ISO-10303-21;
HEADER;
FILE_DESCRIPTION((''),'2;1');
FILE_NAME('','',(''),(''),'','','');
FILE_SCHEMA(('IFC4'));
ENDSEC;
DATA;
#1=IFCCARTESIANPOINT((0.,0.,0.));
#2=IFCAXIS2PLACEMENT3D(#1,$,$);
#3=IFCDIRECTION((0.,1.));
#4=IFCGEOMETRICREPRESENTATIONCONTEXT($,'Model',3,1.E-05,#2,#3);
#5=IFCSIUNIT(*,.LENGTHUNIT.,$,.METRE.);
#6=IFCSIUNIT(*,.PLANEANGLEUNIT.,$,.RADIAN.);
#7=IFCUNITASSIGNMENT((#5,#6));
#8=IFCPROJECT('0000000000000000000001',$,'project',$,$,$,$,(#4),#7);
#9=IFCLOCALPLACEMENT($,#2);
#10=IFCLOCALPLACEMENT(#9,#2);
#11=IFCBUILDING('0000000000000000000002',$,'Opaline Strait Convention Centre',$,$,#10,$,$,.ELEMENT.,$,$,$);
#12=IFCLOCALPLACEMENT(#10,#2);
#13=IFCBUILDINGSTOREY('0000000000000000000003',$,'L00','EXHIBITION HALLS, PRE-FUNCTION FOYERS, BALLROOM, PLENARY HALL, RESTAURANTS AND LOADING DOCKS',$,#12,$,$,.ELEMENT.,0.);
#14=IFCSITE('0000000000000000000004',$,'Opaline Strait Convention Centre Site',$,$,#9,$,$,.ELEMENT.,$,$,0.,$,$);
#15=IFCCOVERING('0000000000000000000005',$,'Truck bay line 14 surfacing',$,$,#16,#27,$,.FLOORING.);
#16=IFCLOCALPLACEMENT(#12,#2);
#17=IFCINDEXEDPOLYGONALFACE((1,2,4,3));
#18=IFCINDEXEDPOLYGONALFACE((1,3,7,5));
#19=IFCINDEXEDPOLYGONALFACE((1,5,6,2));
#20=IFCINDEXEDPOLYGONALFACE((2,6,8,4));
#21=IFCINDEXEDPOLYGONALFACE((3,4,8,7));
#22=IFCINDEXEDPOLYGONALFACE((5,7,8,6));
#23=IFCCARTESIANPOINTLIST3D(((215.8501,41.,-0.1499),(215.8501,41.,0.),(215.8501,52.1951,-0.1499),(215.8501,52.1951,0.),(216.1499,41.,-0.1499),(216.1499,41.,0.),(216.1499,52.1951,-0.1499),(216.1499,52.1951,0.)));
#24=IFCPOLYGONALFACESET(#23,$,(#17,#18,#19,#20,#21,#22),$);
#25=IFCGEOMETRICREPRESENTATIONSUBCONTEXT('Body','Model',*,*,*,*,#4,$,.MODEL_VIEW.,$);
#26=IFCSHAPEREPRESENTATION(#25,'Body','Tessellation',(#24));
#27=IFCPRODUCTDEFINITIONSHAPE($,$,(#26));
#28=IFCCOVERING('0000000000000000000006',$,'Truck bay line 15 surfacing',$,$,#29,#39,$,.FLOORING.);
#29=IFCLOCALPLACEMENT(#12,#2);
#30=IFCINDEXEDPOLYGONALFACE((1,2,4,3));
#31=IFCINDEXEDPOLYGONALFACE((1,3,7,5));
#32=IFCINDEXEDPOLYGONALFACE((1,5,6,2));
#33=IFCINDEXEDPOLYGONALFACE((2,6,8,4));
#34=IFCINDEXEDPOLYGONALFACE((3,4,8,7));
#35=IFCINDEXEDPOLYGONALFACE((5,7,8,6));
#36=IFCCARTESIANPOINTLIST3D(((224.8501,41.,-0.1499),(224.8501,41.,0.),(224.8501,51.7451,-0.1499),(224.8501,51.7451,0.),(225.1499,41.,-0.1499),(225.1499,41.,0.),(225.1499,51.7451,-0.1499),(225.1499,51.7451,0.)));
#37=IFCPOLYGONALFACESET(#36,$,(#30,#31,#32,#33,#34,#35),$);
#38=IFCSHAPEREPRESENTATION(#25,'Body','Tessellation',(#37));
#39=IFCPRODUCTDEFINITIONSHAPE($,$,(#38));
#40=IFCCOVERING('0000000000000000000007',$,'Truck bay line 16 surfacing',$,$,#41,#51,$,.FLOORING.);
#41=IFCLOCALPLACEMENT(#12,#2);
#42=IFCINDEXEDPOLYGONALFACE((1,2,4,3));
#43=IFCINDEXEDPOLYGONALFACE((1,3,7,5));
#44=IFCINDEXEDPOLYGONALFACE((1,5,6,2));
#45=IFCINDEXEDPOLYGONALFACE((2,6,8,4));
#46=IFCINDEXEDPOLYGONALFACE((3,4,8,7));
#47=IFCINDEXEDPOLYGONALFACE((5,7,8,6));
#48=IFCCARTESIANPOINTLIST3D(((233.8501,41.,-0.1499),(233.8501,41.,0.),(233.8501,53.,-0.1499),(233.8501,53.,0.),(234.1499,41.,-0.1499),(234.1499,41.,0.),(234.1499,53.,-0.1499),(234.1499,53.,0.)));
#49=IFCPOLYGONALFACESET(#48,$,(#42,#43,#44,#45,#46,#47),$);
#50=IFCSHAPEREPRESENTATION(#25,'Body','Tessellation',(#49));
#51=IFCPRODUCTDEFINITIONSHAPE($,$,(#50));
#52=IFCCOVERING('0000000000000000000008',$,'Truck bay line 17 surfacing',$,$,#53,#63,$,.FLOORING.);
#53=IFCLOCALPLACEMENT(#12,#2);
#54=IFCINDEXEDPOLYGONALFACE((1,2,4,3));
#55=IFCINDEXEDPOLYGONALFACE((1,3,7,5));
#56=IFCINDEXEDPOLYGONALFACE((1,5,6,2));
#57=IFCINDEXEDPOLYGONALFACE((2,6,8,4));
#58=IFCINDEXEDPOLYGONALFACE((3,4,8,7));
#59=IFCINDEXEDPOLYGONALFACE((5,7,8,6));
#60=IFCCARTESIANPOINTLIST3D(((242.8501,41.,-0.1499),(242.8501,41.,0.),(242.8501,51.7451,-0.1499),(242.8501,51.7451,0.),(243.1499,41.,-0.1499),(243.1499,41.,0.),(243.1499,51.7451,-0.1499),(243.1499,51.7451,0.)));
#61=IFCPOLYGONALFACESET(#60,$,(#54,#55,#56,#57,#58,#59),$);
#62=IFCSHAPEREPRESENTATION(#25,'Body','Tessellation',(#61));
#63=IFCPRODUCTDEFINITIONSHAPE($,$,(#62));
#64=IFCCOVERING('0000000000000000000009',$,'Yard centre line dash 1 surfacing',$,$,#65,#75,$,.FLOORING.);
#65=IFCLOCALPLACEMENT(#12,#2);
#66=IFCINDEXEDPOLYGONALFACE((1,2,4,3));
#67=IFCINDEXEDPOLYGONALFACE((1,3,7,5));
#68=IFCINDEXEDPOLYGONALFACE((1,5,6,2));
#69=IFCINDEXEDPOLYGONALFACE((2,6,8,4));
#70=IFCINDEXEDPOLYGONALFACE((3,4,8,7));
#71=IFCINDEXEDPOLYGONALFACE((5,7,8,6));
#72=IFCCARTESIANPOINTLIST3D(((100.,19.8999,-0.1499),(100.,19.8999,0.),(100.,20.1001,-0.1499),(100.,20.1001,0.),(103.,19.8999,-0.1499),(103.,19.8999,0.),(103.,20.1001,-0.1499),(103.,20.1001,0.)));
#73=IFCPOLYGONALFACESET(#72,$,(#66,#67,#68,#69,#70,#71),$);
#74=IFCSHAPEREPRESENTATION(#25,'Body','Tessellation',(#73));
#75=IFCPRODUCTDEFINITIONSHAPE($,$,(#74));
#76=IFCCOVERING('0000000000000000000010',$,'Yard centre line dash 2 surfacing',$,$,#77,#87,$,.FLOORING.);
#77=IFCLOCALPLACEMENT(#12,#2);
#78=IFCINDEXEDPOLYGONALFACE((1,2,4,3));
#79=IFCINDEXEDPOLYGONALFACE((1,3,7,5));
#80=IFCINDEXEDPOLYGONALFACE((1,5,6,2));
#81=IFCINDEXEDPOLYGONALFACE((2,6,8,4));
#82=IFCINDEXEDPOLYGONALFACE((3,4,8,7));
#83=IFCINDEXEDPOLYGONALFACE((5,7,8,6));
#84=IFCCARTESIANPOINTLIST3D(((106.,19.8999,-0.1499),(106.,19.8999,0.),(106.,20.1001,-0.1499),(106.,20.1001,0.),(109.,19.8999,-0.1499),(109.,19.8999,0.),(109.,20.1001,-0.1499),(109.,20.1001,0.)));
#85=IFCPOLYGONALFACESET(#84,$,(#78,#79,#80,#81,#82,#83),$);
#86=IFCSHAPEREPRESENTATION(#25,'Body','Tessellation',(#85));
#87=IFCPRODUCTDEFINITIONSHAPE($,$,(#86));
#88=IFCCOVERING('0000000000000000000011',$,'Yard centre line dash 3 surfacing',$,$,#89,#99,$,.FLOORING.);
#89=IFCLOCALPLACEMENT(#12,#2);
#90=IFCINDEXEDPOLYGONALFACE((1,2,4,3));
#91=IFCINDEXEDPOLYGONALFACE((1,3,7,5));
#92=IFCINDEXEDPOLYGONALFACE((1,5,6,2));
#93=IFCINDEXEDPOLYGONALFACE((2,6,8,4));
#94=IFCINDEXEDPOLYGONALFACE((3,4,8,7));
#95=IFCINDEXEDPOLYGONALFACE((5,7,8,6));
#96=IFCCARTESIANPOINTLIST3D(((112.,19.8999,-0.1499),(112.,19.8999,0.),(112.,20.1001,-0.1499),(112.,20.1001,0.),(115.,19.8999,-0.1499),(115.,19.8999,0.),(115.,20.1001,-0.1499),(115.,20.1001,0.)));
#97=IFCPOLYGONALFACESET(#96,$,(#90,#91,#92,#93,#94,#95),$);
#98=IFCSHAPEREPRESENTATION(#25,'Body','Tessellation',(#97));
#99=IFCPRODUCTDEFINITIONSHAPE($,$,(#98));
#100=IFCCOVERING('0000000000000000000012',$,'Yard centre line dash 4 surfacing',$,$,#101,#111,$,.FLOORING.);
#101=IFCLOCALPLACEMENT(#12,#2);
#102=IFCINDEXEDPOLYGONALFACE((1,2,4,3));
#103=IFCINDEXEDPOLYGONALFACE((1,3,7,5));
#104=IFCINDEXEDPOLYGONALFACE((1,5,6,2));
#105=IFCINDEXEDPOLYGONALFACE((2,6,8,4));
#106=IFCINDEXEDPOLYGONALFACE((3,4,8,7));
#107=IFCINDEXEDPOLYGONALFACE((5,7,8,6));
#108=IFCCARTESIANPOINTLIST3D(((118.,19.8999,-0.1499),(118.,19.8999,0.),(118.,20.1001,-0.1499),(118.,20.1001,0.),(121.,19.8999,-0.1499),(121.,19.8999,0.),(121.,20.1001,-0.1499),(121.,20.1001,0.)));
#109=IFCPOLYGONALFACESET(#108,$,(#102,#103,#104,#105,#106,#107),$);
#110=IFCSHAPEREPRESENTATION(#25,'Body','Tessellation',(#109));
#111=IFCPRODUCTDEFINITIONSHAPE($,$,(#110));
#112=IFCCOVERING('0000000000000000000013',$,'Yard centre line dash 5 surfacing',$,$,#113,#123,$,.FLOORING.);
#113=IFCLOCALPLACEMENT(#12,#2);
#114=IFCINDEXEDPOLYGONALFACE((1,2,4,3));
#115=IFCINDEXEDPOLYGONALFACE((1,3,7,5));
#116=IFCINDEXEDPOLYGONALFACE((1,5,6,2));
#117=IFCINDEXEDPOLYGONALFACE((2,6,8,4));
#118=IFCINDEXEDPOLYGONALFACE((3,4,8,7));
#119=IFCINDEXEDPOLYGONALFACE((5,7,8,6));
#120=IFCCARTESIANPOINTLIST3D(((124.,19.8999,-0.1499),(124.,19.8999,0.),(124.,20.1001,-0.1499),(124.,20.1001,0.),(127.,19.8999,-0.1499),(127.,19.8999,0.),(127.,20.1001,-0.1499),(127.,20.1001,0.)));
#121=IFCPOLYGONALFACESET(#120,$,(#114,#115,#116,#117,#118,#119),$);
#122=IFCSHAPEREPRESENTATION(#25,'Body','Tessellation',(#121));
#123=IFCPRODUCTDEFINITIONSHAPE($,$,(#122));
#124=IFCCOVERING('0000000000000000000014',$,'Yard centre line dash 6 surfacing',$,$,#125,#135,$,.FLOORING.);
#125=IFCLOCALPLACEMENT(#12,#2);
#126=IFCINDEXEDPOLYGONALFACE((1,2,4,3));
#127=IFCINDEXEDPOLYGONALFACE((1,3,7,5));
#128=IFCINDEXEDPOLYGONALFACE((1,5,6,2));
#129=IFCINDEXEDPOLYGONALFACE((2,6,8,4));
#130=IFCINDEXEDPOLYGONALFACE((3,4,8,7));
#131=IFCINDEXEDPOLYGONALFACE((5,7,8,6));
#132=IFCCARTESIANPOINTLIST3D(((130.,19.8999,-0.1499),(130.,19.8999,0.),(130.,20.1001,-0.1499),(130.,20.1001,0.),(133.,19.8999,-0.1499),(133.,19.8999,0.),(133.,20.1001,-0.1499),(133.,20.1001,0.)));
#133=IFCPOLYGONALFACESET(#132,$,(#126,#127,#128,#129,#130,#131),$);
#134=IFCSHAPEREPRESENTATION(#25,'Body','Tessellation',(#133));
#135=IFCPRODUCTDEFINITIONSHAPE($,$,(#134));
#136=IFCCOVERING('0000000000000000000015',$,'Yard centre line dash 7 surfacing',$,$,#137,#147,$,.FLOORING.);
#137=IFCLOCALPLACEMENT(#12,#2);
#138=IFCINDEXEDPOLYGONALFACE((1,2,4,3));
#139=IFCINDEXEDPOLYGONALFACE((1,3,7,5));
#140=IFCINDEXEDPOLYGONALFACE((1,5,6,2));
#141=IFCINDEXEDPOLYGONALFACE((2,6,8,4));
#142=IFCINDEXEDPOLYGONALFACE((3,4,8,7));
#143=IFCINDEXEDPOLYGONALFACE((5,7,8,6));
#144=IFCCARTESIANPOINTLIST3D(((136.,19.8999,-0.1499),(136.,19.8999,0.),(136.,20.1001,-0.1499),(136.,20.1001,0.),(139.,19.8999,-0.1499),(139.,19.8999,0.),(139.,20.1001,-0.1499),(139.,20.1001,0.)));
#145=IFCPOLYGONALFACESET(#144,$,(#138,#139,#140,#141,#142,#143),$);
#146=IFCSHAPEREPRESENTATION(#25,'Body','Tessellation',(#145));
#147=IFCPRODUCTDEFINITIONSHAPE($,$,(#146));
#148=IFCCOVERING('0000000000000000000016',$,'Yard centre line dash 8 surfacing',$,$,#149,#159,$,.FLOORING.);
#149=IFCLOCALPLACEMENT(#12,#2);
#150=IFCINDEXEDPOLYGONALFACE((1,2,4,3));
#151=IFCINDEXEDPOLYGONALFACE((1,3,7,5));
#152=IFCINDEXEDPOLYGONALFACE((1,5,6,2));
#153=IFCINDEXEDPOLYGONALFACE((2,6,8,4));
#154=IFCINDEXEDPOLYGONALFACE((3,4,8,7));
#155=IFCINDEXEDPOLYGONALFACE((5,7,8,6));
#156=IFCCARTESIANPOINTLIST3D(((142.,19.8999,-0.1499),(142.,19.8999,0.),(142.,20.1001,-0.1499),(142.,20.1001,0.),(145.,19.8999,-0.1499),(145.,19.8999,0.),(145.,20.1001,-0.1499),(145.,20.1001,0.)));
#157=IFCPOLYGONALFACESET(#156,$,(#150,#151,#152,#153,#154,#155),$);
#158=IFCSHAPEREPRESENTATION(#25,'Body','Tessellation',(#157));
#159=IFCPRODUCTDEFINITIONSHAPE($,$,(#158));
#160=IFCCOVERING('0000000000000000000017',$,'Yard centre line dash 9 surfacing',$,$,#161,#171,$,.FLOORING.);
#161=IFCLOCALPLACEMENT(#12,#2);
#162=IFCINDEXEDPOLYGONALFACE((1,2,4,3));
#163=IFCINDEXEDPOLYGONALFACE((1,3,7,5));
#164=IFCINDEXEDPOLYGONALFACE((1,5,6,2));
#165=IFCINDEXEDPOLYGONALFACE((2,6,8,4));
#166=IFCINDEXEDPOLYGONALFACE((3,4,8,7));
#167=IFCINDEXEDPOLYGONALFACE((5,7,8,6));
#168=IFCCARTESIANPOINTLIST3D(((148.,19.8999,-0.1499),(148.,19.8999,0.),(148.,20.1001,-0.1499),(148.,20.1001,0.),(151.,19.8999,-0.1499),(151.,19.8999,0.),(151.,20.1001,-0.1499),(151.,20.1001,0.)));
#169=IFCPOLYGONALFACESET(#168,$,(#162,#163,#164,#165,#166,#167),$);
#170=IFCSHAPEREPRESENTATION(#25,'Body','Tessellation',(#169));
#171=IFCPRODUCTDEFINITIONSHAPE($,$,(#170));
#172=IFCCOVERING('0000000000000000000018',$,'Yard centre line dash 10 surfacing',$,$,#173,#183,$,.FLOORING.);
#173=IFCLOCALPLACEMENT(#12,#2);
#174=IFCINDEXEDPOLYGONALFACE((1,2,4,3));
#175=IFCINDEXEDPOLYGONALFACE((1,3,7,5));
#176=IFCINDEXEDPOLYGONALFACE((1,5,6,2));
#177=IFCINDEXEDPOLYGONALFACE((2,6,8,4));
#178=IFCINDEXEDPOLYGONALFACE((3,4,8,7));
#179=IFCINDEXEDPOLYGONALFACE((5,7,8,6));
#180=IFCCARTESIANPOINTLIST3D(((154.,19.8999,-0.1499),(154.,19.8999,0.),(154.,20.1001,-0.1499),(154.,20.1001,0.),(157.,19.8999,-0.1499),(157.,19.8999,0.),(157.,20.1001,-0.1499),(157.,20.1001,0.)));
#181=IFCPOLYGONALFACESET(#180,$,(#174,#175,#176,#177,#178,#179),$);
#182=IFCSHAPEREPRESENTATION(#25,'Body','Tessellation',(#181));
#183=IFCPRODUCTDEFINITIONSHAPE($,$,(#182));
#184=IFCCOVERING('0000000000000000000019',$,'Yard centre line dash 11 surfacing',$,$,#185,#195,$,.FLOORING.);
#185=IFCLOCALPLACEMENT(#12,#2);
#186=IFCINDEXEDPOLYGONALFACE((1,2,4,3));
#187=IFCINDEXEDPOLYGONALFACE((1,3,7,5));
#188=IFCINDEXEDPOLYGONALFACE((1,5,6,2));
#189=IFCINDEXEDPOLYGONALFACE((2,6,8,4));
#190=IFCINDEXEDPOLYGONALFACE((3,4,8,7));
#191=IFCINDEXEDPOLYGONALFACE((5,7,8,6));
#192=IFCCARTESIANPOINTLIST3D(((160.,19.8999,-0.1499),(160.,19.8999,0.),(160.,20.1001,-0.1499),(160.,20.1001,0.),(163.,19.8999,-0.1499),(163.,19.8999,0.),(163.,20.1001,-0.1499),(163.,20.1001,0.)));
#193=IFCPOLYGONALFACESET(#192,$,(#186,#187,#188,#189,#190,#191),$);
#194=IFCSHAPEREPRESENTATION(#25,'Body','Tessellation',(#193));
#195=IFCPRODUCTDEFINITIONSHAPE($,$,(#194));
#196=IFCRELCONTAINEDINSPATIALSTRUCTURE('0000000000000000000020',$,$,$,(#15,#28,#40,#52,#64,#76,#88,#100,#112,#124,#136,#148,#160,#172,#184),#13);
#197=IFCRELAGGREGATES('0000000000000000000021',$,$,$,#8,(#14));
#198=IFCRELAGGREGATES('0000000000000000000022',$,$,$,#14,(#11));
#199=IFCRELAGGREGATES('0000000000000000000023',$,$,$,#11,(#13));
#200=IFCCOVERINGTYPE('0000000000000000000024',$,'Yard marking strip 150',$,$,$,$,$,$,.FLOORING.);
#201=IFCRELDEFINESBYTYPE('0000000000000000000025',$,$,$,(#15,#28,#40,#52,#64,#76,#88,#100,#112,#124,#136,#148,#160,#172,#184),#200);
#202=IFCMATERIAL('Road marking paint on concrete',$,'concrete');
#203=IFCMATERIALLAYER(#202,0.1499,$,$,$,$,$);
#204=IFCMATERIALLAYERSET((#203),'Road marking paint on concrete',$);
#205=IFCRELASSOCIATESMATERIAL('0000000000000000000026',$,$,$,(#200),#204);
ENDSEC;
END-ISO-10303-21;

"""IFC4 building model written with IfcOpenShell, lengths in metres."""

from ifc_helpers import new_model, si_unit, direction, frame, origin, place, context, subcontext, project, spatial, polyline, outline, extrude, material, layer, layer_set, type_object, element, save


model = new_model("IFC4")

# Units and contexts
model_context = context("Model", 3, precision=1e-05, world=origin(), true_north=direction((0.0, 1.0)))
body_context = subcontext(model_context, "Body", "Model", "MODEL_VIEW")
ifc_project = project(units=[si_unit("LENGTHUNIT", "METRE"), si_unit("PLANEANGLEUNIT", "RADIAN")], contexts=[model_context])

# Site, building, storey
site_placement = place(None, origin())
site = spatial("IfcSite", under=ifc_project, at=site_placement, Name="Opaline Strait Convention Centre Site", CompositionType="ELEMENT", RefElevation=0.0)
building_placement = place(site_placement, origin())
building = spatial("IfcBuilding", under=site, at=building_placement, Name="Opaline Strait Convention Centre", CompositionType="ELEMENT")
storey_placement = place(building_placement, origin())
storey = spatial("IfcBuildingStorey", under=building, at=storey_placement, Name="L00", Description="EXHIBITION HALLS, PRE-FUNCTION FOYERS, BALLROOM, PLENARY HALL, RESTAURANTS AND LOADING DOCKS", CompositionType="ELEMENT", Elevation=0.0)

# Coverings
ifc_material = material(Name="Road marking paint on concrete", Category="concrete")
ifc_layer = layer(ifc_material, 0.1499)
ifc_layer_set = layer_set([ifc_layer], Name="Road marking paint on concrete")
covering_type = type_object("IfcCoveringType", Name="Yard marking strip 150", PredefinedType="FLOORING", material=ifc_layer_set)
covering_1_placement = place(storey_placement, frame((0.0, 0.0, -0.1499)))
element("IfcCovering", 1, at=covering_1_placement, inside=storey, type_object=covering_type, Name="Truck bay line 14 surfacing", PredefinedType="FLOORING", context=body_context, shape_type="SweptSolid", body=[
    extrude(outline(polyline([(215.8501, 52.1951), (215.8501, 41.0), (216.1499, 41.0), (216.1499, 52.1951), (215.8501, 52.1951)])), origin(), (0.0, 0.0, 1.0), 0.1499),
])
covering_2_placement = place(storey_placement, frame((0.0, 0.0, -0.1499)))
element("IfcCovering", 2, at=covering_2_placement, inside=storey, type_object=covering_type, Name="Truck bay line 15 surfacing", PredefinedType="FLOORING", context=body_context, shape_type="SweptSolid", body=[
    extrude(outline(polyline([(224.8501, 51.7451), (224.8501, 41.0), (225.1499, 41.0), (225.1499, 51.7451), (224.8501, 51.7451)])), origin(), (0.0, 0.0, 1.0), 0.1499),
])
covering_3_placement = place(storey_placement, frame((0.0, 0.0, -0.1499)))
element("IfcCovering", 3, at=covering_3_placement, inside=storey, type_object=covering_type, Name="Truck bay line 16 surfacing", PredefinedType="FLOORING", context=body_context, shape_type="SweptSolid", body=[
    extrude(outline(polyline([(233.8501, 53.0), (233.8501, 41.0), (234.1499, 41.0), (234.1499, 53.0), (233.8501, 53.0)])), origin(), (0.0, 0.0, 1.0), 0.1499),
])
covering_4_placement = place(storey_placement, frame((0.0, 0.0, -0.1499)))
element("IfcCovering", 4, at=covering_4_placement, inside=storey, type_object=covering_type, Name="Truck bay line 17 surfacing", PredefinedType="FLOORING", context=body_context, shape_type="SweptSolid", body=[
    extrude(outline(polyline([(242.8501, 51.7451), (242.8501, 41.0), (243.1499, 41.0), (243.1499, 51.7451), (242.8501, 51.7451)])), origin(), (0.0, 0.0, 1.0), 0.1499),
])
covering_5_placement = place(storey_placement, frame((0.0, 0.0, -0.1499)))
element("IfcCovering", 5, at=covering_5_placement, inside=storey, type_object=covering_type, Name="Yard centre line dash 1 surfacing", PredefinedType="FLOORING", context=body_context, shape_type="SweptSolid", body=[
    extrude(outline(polyline([(103.0, 20.1001), (100.0, 20.1001), (100.0, 19.8999), (103.0, 19.8999), (103.0, 20.1001)])), origin(), (0.0, 0.0, 1.0), 0.1499),
])
covering_6_placement = place(storey_placement, frame((0.0, 0.0, -0.1499)))
element("IfcCovering", 6, at=covering_6_placement, inside=storey, type_object=covering_type, Name="Yard centre line dash 2 surfacing", PredefinedType="FLOORING", context=body_context, shape_type="SweptSolid", body=[
    extrude(outline(polyline([(109.0, 20.1001), (106.0, 20.1001), (106.0, 19.8999), (109.0, 19.8999), (109.0, 20.1001)])), origin(), (0.0, 0.0, 1.0), 0.1499),
])
covering_7_placement = place(storey_placement, frame((0.0, 0.0, -0.1499)))
element("IfcCovering", 7, at=covering_7_placement, inside=storey, type_object=covering_type, Name="Yard centre line dash 3 surfacing", PredefinedType="FLOORING", context=body_context, shape_type="SweptSolid", body=[
    extrude(outline(polyline([(115.0, 20.1001), (112.0, 20.1001), (112.0, 19.8999), (115.0, 19.8999), (115.0, 20.1001)])), origin(), (0.0, 0.0, 1.0), 0.1499),
])
covering_8_placement = place(storey_placement, frame((0.0, 0.0, -0.1499)))
element("IfcCovering", 8, at=covering_8_placement, inside=storey, type_object=covering_type, Name="Yard centre line dash 4 surfacing", PredefinedType="FLOORING", context=body_context, shape_type="SweptSolid", body=[
    extrude(outline(polyline([(121.0, 20.1001), (118.0, 20.1001), (118.0, 19.8999), (121.0, 19.8999), (121.0, 20.1001)])), origin(), (0.0, 0.0, 1.0), 0.1499),
])
covering_9_placement = place(storey_placement, frame((0.0, 0.0, -0.1499)))
element("IfcCovering", 9, at=covering_9_placement, inside=storey, type_object=covering_type, Name="Yard centre line dash 5 surfacing", PredefinedType="FLOORING", context=body_context, shape_type="SweptSolid", body=[
    extrude(outline(polyline([(127.0, 20.1001), (124.0, 20.1001), (124.0, 19.8999), (127.0, 19.8999), (127.0, 20.1001)])), origin(), (0.0, 0.0, 1.0), 0.1499),
])
covering_10_placement = place(storey_placement, frame((0.0, 0.0, -0.1499)))
element("IfcCovering", 10, at=covering_10_placement, inside=storey, type_object=covering_type, Name="Yard centre line dash 6 surfacing", PredefinedType="FLOORING", context=body_context, shape_type="SweptSolid", body=[
    extrude(outline(polyline([(133.0, 20.1001), (130.0, 20.1001), (130.0, 19.8999), (133.0, 19.8999), (133.0, 20.1001)])), origin(), (0.0, 0.0, 1.0), 0.1499),
])
covering_11_placement = place(storey_placement, frame((0.0, 0.0, -0.1499)))
element("IfcCovering", 11, at=covering_11_placement, inside=storey, type_object=covering_type, Name="Yard centre line dash 7 surfacing", PredefinedType="FLOORING", context=body_context, shape_type="SweptSolid", body=[
    extrude(outline(polyline([(139.0, 20.1001), (136.0, 20.1001), (136.0, 19.8999), (139.0, 19.8999), (139.0, 20.1001)])), origin(), (0.0, 0.0, 1.0), 0.1499),
])
covering_12_placement = place(storey_placement, frame((0.0, 0.0, -0.1499)))
element("IfcCovering", 12, at=covering_12_placement, inside=storey, type_object=covering_type, Name="Yard centre line dash 8 surfacing", PredefinedType="FLOORING", context=body_context, shape_type="SweptSolid", body=[
    extrude(outline(polyline([(145.0, 20.1001), (142.0, 20.1001), (142.0, 19.8999), (145.0, 19.8999), (145.0, 20.1001)])), origin(), (0.0, 0.0, 1.0), 0.1499),
])
covering_13_placement = place(storey_placement, frame((0.0, 0.0, -0.1499)))
element("IfcCovering", 13, at=covering_13_placement, inside=storey, type_object=covering_type, Name="Yard centre line dash 9 surfacing", PredefinedType="FLOORING", context=body_context, shape_type="SweptSolid", body=[
    extrude(outline(polyline([(151.0, 20.1001), (148.0, 20.1001), (148.0, 19.8999), (151.0, 19.8999), (151.0, 20.1001)])), origin(), (0.0, 0.0, 1.0), 0.1499),
])
covering_14_placement = place(storey_placement, frame((0.0, 0.0, -0.1499)))
element("IfcCovering", 14, at=covering_14_placement, inside=storey, type_object=covering_type, Name="Yard centre line dash 10 surfacing", PredefinedType="FLOORING", context=body_context, shape_type="SweptSolid", body=[
    extrude(outline(polyline([(157.0, 20.1001), (154.0, 20.1001), (154.0, 19.8999), (157.0, 19.8999), (157.0, 20.1001)])), origin(), (0.0, 0.0, 1.0), 0.1499),
])
covering_15_placement = place(storey_placement, frame((0.0, 0.0, -0.1499)))
element("IfcCovering", 15, at=covering_15_placement, inside=storey, type_object=covering_type, Name="Yard centre line dash 11 surfacing", PredefinedType="FLOORING", context=body_context, shape_type="SweptSolid", body=[
    extrude(outline(polyline([(163.0, 20.1001), (160.0, 20.1001), (160.0, 19.8999), (163.0, 19.8999), (163.0, 20.1001)])), origin(), (0.0, 0.0, 1.0), 0.1499),
])

save(model, "model.ifc")
